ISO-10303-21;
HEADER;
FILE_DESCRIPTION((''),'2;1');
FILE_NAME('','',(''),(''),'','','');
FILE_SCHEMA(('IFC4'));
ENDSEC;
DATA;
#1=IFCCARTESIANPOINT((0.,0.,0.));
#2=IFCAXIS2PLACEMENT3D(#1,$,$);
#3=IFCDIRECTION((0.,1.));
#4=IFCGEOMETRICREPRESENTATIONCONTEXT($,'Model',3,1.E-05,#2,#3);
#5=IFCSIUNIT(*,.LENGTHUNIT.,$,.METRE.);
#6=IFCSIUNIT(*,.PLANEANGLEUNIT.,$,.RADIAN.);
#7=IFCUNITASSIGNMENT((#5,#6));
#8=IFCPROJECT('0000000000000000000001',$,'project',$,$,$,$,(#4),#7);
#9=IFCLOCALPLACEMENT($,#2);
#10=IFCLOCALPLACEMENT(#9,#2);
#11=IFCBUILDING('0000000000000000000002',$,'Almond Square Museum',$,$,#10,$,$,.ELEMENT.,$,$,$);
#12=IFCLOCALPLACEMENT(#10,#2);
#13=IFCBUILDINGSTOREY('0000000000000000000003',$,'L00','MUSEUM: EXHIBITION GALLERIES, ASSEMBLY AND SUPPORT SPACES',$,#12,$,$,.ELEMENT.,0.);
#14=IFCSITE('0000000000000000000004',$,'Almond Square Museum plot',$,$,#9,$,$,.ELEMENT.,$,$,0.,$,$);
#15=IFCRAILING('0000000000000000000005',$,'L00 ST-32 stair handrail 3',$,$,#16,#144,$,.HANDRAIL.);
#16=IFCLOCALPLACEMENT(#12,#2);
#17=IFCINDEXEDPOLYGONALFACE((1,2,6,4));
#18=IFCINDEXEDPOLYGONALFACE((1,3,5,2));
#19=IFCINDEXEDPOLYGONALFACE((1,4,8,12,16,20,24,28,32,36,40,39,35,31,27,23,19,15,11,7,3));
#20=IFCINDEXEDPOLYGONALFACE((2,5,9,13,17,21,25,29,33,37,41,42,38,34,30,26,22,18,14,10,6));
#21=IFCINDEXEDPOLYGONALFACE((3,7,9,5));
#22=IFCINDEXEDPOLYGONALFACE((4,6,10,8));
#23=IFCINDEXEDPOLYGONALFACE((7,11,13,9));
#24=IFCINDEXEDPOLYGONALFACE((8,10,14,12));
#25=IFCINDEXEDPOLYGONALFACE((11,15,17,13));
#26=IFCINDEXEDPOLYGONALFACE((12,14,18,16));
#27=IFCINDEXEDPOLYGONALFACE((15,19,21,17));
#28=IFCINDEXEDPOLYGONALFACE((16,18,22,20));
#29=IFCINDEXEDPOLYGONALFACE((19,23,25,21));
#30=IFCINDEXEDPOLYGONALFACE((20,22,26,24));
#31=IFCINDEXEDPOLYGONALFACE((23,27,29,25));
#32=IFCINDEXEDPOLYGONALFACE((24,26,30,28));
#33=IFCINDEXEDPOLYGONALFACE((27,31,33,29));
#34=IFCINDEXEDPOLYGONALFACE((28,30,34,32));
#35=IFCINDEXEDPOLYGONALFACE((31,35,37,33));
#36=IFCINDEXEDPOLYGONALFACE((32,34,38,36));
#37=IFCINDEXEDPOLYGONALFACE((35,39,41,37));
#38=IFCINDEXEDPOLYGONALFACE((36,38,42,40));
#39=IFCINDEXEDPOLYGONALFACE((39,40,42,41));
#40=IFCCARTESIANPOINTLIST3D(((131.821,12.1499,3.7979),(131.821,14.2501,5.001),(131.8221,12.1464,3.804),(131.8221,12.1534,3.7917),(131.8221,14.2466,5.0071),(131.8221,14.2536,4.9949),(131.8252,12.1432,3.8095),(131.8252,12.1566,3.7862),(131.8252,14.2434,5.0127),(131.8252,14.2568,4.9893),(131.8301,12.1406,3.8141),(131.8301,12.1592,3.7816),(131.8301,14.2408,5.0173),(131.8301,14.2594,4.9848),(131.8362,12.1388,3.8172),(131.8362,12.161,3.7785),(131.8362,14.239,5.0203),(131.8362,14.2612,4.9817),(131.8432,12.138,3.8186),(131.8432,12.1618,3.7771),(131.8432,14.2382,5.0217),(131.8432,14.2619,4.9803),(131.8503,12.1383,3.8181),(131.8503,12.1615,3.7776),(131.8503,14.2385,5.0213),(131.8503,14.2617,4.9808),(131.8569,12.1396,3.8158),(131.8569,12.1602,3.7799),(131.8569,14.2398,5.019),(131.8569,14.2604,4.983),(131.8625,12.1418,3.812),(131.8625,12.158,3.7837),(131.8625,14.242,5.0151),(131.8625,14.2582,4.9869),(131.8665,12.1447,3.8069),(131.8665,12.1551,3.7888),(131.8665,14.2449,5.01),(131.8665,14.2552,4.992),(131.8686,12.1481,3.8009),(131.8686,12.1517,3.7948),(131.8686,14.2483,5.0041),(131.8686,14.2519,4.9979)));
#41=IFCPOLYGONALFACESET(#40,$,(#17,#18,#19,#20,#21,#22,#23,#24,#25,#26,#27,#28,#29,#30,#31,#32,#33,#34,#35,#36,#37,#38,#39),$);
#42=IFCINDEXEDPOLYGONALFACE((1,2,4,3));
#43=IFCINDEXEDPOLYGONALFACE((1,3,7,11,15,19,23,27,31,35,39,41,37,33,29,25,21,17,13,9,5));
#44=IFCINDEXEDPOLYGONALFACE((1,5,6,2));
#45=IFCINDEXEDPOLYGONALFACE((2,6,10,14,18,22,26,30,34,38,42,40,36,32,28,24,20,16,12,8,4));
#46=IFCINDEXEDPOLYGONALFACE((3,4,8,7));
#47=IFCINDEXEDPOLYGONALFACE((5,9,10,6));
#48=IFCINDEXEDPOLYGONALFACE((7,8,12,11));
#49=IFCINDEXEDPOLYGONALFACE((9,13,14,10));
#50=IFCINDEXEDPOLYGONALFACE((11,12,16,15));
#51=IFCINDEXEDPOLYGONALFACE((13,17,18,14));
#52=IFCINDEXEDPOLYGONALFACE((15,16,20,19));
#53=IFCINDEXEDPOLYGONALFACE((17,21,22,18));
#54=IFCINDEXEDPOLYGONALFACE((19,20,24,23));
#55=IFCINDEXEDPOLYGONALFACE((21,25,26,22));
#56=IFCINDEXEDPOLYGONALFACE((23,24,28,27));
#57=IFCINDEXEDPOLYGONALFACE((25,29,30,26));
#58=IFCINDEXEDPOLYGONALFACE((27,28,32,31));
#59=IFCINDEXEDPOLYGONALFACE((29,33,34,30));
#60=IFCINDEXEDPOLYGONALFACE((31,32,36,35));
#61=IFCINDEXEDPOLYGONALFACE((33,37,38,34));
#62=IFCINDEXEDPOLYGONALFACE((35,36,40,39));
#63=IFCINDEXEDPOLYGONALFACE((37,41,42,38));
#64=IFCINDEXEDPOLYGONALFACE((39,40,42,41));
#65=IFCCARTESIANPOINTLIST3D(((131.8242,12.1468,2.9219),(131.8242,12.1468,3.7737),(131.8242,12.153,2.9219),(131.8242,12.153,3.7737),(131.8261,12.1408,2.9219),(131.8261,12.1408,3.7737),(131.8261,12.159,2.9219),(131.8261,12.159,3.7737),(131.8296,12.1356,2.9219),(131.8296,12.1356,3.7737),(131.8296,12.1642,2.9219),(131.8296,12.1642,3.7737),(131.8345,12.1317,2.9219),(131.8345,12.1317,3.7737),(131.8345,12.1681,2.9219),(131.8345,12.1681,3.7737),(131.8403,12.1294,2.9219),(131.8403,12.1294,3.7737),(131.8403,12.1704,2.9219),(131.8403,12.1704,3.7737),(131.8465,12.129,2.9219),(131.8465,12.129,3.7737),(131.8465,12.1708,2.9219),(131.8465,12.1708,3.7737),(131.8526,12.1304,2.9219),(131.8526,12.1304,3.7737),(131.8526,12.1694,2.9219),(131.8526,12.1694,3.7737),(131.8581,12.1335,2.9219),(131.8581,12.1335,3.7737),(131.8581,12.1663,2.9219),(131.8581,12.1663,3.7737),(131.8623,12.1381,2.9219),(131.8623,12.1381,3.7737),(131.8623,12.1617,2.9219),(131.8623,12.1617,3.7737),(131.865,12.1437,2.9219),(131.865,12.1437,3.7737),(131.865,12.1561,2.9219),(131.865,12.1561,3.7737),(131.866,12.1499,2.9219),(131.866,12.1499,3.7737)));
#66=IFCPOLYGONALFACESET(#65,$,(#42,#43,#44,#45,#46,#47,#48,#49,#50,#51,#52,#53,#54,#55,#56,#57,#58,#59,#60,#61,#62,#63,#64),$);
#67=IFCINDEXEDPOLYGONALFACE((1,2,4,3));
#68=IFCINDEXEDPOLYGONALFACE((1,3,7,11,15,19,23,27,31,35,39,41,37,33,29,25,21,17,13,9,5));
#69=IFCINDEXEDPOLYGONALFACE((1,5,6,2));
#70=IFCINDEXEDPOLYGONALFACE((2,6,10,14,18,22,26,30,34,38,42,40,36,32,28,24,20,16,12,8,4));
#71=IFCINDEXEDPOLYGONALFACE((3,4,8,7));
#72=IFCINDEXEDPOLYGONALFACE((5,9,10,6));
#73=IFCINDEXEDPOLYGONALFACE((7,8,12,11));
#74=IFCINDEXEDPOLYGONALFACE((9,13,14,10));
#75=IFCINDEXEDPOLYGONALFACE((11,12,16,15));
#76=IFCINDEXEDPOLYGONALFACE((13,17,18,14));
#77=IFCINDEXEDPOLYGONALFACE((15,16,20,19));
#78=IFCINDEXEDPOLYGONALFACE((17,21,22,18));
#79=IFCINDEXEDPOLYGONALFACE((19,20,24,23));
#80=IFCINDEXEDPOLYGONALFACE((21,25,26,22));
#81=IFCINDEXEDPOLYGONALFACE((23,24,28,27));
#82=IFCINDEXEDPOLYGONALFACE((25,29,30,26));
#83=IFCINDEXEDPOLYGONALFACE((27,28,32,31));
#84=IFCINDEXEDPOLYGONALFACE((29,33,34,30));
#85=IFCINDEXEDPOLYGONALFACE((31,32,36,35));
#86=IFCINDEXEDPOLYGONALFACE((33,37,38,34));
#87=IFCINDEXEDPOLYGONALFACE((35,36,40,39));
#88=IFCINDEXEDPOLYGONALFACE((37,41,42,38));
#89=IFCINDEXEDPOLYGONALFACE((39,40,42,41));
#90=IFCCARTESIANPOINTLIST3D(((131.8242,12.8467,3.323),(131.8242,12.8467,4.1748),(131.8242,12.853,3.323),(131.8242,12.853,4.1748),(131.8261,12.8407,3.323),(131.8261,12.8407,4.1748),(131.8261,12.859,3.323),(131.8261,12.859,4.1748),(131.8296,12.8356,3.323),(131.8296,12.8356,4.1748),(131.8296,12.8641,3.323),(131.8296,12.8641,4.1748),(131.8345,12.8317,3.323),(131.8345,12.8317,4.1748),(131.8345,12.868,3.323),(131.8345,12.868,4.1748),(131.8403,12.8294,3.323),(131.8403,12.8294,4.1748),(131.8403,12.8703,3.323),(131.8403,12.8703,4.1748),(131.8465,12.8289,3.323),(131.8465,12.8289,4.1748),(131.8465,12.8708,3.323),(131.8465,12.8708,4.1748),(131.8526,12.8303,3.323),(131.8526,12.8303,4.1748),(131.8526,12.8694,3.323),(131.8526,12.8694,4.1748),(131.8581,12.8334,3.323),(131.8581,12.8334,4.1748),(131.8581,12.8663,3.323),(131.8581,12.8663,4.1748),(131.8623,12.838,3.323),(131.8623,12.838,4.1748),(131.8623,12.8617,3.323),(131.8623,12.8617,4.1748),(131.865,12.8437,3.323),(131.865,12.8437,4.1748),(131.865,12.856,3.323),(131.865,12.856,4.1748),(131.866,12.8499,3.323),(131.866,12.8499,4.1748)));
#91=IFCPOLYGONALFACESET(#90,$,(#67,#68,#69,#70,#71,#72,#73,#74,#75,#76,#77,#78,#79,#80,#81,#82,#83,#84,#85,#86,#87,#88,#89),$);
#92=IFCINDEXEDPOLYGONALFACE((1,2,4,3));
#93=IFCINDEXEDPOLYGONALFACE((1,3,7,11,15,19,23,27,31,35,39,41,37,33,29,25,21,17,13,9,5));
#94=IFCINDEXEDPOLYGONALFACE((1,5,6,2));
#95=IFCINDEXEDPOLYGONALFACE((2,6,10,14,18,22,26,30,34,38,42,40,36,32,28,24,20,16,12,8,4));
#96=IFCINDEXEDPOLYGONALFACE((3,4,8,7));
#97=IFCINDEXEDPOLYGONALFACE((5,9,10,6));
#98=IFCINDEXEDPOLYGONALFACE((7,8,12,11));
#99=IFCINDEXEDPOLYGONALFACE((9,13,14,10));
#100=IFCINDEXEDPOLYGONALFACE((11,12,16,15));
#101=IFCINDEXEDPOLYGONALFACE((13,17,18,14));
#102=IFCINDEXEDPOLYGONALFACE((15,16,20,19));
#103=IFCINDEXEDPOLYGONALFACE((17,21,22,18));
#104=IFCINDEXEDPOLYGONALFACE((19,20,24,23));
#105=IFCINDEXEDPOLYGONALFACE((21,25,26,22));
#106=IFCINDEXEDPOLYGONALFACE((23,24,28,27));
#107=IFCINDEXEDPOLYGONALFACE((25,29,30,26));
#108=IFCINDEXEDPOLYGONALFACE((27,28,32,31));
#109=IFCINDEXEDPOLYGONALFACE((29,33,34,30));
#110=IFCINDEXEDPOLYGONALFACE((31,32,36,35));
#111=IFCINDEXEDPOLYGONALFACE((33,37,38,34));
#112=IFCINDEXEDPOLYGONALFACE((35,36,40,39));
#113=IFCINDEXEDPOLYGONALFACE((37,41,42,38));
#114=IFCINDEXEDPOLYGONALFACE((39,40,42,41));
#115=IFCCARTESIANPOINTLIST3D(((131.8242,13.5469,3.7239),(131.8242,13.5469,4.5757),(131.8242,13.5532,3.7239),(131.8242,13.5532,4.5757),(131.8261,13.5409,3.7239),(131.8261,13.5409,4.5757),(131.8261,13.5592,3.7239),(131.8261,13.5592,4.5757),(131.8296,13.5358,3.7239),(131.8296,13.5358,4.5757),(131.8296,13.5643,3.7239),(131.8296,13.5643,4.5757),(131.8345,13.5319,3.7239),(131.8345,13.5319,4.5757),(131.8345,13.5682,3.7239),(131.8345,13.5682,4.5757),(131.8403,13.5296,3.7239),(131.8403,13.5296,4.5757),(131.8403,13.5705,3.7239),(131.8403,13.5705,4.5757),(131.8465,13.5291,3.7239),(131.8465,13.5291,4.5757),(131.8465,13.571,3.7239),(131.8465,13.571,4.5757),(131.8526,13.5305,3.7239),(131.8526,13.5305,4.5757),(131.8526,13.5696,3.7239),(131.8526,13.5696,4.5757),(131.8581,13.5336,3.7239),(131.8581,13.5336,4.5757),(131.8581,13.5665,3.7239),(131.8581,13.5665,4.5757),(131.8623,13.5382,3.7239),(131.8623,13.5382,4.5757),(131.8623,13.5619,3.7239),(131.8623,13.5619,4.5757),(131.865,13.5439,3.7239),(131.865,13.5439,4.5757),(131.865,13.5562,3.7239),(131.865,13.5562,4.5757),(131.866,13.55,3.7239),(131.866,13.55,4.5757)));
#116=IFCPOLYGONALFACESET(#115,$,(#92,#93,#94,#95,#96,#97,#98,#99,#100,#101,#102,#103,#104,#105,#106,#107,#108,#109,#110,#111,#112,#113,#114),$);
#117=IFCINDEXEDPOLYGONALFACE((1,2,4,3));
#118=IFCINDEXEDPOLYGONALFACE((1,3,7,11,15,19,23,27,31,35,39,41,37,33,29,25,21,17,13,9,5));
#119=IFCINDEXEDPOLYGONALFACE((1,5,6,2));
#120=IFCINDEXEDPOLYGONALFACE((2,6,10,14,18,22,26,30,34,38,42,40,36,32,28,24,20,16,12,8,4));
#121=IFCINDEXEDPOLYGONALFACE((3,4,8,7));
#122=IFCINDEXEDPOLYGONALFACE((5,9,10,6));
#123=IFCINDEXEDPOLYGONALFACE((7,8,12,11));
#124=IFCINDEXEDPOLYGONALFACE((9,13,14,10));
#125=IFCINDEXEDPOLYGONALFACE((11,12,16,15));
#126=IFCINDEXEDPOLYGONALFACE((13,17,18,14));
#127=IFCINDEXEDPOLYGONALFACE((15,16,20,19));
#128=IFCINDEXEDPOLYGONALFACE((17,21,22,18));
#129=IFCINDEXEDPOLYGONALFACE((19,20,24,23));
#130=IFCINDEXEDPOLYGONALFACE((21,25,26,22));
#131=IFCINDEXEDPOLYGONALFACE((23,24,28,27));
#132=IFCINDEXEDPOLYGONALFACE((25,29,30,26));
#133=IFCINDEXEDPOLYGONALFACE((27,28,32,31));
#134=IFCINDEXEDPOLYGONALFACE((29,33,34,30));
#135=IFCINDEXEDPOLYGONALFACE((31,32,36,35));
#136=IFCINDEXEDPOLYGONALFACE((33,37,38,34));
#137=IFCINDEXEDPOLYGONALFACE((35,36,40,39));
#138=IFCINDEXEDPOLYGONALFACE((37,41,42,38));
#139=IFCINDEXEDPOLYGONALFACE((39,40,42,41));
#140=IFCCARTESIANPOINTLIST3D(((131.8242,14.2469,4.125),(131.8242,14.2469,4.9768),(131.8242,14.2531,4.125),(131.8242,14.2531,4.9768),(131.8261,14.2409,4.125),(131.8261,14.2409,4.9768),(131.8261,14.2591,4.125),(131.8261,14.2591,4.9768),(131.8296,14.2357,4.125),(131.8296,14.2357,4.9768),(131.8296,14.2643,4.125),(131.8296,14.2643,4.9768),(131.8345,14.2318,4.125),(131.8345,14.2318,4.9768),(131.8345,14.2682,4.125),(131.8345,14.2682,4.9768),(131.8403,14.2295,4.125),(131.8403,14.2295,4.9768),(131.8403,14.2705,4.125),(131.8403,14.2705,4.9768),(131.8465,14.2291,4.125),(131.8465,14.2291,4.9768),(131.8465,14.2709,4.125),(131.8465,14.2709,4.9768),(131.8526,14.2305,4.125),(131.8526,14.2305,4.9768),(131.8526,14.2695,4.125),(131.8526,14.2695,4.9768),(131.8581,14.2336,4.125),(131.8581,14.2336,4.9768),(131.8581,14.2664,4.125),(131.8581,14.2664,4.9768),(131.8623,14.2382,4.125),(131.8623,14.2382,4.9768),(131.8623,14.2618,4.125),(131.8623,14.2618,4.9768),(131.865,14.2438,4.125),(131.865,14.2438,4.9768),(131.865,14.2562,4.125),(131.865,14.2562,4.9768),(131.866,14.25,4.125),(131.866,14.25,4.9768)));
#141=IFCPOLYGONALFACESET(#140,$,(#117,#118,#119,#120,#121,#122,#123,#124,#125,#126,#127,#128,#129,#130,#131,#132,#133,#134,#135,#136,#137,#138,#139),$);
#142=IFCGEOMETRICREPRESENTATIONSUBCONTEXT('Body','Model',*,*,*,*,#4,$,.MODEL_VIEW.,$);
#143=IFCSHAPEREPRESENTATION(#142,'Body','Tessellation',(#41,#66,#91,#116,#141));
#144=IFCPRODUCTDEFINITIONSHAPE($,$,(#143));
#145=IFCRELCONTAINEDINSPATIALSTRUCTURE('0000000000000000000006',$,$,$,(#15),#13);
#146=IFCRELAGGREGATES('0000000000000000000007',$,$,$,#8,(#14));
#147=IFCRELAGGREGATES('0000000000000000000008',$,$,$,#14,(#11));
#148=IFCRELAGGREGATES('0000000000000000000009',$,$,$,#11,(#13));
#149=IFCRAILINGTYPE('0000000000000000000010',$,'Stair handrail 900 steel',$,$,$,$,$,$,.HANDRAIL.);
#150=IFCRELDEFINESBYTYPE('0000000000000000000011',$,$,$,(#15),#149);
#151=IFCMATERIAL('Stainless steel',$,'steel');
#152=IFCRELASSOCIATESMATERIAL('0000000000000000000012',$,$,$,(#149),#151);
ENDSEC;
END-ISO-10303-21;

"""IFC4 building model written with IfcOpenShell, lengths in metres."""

from ifc_helpers import new_model, si_unit, direction, frame, origin, origin_2d, place, context, subcontext, project, spatial, circle, extrude, material, type_object, element, save


model = new_model("IFC4")

# Units and contexts
model_context = context("Model", 3, precision=1e-05, world=origin(), true_north=direction((0.0, 1.0)))
body_context = subcontext(model_context, "Body", "Model", "MODEL_VIEW")
ifc_project = project(units=[si_unit("LENGTHUNIT", "METRE"), si_unit("PLANEANGLEUNIT", "RADIAN")], contexts=[model_context])

# Site, building, storey
site_placement = place(None, origin())
site = spatial("IfcSite", under=ifc_project, at=site_placement, Name="Almond Square Museum plot", CompositionType="ELEMENT", RefElevation=0.0)
building_placement = place(site_placement, origin())
building = spatial("IfcBuilding", under=site, at=building_placement, Name="Almond Square Museum", CompositionType="ELEMENT")
storey_placement = place(building_placement, origin())
storey = spatial("IfcBuildingStorey", under=building, at=storey_placement, Name="L00", Description="MUSEUM: EXHIBITION GALLERIES, ASSEMBLY AND SUPPORT SPACES", CompositionType="ELEMENT", Elevation=0.0)

# Railing
ifc_material_1 = material(Name="Stainless steel", Category="steel")
railing_type_1 = type_object("IfcRailingType", Name="Stair handrail 900 steel", PredefinedType="HANDRAIL", material=ifc_material_1)
railing_1_placement = place(storey_placement, frame((131.845, 12.1499, 2.9219)))
element("IfcRailing", 1, at=railing_1_placement, inside=storey, type_object=railing_type_1, Name="L00 ST-32 stair handrail 3", PredefinedType="HANDRAIL", context=body_context, shape_type="SweptSolid", body=[
    extrude(circle(Radius=0.0239, at=origin_2d()), frame((0.0, 0.0, 0.876), z_axis=(0.0, 0.867696, 0.497095), x_axis=(-1.0, 0.0, 0.0)), (0.0, 0.0, 1.0), 2.4204),
    extrude(circle(Radius=0.021, at=origin_2d()), origin(), (0.0, 0.0, 1.0), 0.8518),
    extrude(circle(Radius=0.021, at=origin_2d()), frame((0.0, 0.7, 0.4011)), (0.0, 0.0, 1.0), 0.8518),
    extrude(circle(Radius=0.021, at=origin_2d()), frame((0.0, 1.4001, 0.802)), (0.0, 0.0, 1.0), 0.8518),
    extrude(circle(Radius=0.021, at=origin_2d()), frame((0.0, 2.1001, 1.2031)), (0.0, 0.0, 1.0), 0.8518),
])

save(model, "model.ifc")
